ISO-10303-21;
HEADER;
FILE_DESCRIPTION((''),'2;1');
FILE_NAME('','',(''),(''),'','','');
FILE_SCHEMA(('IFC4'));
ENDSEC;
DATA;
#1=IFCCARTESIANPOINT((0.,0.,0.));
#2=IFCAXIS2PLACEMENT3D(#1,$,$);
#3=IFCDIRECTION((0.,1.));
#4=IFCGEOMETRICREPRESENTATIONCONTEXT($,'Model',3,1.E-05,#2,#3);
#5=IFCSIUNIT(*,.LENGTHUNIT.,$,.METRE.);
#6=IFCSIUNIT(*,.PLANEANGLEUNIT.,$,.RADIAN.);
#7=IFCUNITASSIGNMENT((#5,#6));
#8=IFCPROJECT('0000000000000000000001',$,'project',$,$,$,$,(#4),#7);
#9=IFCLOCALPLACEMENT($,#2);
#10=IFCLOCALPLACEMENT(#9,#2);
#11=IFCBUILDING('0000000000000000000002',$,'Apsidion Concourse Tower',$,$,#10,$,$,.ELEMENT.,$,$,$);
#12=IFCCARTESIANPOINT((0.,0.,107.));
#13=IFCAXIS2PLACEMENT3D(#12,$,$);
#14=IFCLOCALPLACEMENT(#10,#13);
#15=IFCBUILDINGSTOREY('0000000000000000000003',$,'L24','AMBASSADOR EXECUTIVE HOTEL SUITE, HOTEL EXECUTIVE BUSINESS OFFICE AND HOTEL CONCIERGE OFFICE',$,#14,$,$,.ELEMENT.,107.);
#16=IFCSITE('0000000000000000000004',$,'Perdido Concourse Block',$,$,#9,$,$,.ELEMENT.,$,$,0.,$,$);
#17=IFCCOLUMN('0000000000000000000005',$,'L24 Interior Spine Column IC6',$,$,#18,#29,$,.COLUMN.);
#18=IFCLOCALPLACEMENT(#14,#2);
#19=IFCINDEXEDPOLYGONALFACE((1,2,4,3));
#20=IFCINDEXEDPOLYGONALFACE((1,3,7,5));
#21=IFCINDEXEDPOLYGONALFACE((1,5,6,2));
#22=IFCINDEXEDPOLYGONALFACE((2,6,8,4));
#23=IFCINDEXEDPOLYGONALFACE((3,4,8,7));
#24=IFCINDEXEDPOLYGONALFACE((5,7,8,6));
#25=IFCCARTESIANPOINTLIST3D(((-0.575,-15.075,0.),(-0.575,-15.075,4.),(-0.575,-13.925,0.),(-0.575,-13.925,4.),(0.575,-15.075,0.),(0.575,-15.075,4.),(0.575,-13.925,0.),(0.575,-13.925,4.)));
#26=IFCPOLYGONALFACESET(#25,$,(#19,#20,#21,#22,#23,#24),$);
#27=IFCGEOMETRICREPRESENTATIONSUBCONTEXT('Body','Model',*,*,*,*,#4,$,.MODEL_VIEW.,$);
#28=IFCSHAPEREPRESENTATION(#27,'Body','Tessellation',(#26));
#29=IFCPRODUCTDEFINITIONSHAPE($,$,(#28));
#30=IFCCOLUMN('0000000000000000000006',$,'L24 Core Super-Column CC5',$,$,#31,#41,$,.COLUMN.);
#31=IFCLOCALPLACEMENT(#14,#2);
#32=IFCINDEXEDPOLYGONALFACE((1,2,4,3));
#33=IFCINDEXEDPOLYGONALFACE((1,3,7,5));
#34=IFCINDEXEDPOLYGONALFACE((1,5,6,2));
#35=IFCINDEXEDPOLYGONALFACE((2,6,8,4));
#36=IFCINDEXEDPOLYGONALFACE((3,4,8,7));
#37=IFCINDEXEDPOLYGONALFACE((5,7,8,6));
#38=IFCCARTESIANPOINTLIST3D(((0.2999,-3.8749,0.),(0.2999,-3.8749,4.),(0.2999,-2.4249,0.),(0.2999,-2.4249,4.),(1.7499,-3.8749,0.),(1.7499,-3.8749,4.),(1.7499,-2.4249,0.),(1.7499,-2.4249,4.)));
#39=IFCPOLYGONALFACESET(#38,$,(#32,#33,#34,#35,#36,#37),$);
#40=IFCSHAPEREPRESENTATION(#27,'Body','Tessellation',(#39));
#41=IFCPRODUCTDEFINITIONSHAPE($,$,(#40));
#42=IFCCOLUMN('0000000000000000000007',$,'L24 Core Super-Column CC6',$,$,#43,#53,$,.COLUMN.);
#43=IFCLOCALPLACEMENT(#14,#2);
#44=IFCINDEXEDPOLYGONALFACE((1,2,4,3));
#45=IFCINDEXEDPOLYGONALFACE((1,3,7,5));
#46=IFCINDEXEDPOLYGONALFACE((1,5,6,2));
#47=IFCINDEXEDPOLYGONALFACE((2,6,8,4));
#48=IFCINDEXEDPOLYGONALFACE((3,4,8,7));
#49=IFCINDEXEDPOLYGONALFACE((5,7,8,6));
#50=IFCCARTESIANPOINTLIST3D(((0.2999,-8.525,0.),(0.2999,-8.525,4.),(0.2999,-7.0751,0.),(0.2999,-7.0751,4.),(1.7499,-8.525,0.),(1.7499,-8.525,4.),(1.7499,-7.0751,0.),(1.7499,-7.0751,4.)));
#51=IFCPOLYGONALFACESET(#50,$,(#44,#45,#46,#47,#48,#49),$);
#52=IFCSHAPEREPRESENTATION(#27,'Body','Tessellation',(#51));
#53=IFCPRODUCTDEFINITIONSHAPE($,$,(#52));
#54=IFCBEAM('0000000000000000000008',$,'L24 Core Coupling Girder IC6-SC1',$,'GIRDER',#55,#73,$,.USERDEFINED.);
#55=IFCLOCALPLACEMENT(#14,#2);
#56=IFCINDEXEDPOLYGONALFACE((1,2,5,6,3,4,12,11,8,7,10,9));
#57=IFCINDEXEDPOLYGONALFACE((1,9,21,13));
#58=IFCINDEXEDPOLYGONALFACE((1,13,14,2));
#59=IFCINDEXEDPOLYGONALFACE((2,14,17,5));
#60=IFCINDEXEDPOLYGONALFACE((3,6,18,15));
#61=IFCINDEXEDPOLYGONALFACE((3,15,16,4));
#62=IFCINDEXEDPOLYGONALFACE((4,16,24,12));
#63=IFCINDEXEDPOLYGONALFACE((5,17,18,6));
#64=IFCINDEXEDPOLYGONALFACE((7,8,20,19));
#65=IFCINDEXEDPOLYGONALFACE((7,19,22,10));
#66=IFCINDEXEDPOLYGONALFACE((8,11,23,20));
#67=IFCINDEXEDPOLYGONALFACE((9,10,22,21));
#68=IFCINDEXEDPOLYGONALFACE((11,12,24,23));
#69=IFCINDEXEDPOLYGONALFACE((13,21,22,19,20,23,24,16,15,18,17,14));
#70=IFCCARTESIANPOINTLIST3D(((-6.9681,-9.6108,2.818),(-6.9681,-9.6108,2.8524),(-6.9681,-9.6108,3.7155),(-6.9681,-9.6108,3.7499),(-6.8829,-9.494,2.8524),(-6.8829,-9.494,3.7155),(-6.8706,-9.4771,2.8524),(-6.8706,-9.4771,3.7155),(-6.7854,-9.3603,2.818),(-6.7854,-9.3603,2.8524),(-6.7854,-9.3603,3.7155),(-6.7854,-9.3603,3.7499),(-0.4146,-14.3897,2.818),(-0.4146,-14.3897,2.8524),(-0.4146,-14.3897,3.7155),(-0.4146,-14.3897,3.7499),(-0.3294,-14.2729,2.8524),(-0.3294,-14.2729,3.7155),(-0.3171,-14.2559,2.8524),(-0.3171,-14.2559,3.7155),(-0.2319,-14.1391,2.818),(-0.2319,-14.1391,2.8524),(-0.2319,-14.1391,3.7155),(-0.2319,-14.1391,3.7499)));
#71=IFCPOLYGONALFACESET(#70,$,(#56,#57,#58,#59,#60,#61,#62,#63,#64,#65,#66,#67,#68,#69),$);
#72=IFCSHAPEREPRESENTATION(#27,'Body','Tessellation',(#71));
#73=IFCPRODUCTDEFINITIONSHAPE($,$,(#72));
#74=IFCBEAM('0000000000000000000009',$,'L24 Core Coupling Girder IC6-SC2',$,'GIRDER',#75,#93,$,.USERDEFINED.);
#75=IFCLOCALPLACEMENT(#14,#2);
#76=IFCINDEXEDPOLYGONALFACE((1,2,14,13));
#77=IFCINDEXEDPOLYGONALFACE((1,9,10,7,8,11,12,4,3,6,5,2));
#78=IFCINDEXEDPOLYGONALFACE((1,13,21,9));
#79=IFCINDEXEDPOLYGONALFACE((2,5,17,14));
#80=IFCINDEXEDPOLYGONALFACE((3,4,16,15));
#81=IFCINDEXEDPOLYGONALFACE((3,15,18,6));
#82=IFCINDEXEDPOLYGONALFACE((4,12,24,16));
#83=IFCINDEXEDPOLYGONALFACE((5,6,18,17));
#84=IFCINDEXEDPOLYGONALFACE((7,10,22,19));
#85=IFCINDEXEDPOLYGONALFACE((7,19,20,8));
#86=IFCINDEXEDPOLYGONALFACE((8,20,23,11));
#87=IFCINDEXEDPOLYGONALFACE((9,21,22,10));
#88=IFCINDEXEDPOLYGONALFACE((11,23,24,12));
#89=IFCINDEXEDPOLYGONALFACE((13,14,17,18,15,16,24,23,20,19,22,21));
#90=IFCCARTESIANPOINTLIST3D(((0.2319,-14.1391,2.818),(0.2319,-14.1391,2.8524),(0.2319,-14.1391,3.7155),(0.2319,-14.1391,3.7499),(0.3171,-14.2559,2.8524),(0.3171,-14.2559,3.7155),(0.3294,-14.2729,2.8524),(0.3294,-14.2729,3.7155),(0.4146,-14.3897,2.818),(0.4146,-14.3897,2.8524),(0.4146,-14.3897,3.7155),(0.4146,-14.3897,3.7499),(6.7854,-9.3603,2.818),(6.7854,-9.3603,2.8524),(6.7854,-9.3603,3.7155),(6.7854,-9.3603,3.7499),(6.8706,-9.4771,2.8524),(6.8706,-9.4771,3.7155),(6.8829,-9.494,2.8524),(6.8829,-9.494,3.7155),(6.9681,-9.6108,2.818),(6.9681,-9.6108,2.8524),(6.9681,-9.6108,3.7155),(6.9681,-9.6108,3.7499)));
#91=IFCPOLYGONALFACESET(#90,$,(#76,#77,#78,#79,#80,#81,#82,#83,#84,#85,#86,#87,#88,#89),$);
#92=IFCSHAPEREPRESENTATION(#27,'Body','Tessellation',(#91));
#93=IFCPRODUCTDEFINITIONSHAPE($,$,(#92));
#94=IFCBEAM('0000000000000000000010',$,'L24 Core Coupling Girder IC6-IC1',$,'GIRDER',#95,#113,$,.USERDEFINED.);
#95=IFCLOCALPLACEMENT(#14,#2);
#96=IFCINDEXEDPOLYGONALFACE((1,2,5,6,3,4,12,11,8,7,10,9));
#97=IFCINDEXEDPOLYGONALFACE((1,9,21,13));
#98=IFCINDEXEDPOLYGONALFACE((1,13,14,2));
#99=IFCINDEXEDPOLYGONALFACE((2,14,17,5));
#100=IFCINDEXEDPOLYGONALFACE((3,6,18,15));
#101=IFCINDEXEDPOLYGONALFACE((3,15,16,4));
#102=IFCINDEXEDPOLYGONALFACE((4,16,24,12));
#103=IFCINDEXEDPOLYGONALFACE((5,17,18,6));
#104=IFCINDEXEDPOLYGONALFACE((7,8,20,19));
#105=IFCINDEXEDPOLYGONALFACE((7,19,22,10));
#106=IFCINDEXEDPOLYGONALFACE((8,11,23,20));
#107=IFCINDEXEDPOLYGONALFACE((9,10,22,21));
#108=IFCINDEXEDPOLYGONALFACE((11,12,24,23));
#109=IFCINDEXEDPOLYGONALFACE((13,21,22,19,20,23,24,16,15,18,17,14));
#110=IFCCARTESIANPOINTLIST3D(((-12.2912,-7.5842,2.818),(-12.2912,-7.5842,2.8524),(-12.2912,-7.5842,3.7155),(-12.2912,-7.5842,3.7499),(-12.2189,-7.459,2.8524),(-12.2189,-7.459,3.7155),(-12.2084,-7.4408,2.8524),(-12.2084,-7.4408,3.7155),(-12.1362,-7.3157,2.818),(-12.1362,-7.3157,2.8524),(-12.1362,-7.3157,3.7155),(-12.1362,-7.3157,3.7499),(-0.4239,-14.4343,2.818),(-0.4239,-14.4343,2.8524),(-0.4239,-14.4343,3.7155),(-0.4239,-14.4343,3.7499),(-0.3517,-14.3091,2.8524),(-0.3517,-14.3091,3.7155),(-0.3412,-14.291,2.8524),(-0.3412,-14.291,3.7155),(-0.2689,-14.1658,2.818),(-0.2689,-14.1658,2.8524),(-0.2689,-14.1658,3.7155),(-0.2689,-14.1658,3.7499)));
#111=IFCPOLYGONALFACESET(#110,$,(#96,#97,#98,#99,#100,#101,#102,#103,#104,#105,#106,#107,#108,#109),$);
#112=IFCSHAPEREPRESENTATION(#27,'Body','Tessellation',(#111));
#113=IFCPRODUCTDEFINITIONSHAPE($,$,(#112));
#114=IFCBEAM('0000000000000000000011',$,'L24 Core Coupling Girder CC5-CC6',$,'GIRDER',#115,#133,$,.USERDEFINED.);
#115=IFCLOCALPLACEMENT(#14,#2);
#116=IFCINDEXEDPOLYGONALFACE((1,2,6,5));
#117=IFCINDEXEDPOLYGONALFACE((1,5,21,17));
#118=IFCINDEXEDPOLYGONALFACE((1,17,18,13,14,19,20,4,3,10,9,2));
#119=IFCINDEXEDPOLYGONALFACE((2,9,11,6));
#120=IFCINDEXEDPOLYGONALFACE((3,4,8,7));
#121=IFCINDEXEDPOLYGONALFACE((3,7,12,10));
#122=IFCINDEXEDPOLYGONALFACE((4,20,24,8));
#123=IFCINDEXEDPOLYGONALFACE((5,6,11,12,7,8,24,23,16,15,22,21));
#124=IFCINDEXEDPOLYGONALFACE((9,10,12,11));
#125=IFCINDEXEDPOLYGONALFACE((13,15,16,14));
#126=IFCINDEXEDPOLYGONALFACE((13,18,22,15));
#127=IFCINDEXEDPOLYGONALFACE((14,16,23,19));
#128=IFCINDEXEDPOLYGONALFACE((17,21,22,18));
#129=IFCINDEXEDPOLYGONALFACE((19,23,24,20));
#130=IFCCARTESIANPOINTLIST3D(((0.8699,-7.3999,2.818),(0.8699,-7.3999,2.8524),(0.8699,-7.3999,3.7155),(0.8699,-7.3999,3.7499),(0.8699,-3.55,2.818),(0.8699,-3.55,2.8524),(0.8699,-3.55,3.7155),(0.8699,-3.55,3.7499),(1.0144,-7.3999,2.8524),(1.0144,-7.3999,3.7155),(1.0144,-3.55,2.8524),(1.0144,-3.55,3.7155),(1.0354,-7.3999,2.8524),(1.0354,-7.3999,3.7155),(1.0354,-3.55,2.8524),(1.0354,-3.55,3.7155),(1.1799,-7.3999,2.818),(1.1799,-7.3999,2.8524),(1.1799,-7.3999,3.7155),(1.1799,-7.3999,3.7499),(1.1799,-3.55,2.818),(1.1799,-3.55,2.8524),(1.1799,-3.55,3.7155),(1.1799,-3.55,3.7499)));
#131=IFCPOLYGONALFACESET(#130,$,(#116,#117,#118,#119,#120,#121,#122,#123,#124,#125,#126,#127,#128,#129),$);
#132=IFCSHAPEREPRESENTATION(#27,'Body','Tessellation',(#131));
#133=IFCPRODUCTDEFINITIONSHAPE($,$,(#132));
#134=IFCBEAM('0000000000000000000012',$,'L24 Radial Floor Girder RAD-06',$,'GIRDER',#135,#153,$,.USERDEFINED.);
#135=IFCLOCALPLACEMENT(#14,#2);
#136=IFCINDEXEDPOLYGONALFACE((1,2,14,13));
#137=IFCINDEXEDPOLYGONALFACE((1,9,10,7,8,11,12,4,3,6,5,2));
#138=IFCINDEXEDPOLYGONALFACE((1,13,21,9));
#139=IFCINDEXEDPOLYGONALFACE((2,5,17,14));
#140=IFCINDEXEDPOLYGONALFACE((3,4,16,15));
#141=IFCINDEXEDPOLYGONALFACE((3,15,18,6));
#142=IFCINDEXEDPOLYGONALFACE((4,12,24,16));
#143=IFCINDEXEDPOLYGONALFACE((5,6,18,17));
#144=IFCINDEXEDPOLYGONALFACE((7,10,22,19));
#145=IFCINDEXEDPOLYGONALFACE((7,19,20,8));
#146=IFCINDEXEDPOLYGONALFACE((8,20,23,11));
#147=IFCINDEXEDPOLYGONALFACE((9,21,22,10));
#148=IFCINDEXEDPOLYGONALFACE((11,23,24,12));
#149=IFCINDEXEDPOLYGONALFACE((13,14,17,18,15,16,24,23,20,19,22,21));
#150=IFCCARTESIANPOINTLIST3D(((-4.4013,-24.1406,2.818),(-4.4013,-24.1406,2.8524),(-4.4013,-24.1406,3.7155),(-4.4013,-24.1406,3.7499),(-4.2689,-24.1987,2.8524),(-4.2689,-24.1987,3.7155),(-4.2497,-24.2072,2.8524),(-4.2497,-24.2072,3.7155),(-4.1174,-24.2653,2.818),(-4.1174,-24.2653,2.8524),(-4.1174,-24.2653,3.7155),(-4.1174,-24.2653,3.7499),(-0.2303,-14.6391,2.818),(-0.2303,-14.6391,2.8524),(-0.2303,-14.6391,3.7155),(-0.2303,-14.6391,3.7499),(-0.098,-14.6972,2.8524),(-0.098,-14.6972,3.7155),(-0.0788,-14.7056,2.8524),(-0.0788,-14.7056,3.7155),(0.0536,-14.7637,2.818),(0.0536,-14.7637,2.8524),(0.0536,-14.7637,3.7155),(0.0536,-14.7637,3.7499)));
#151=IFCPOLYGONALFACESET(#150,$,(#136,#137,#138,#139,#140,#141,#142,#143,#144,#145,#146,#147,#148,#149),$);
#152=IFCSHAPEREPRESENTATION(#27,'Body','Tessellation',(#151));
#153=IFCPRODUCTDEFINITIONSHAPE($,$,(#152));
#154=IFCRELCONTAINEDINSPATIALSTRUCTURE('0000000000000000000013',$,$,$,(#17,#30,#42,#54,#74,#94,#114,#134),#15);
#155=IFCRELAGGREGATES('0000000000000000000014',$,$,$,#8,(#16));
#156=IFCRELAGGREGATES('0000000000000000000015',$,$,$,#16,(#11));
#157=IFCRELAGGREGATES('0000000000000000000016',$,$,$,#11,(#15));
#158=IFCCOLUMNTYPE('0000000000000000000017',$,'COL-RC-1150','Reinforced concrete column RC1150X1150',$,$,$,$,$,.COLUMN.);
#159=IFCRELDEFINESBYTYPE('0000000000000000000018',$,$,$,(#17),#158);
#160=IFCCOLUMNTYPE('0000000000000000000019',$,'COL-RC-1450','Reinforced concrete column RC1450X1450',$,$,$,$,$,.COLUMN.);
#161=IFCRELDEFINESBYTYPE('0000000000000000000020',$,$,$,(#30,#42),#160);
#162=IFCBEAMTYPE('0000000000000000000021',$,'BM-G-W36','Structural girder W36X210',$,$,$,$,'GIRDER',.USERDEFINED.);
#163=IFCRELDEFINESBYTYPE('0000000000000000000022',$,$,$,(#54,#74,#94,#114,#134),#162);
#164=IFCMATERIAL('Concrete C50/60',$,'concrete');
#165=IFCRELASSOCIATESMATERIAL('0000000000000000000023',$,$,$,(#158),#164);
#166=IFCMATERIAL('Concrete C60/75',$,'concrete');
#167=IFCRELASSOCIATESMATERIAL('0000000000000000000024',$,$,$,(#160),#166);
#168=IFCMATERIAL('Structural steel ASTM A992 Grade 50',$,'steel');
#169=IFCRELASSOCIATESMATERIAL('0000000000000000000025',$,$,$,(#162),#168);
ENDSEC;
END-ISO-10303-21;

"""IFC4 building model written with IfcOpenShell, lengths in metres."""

from ifc_helpers import new_model, si_unit, direction, frame, origin, origin_2d, place, context, subcontext, project, spatial, rectangle, i_section, extrude, material, material_profile, profile_set, type_object, element, save


model = new_model("IFC4")

# Units and contexts
model_context = context("Model", 3, precision=1e-05, world=origin(), true_north=direction((0.0, 1.0)))
body_context = subcontext(model_context, "Body", "Model", "MODEL_VIEW")
ifc_project = project(units=[si_unit("LENGTHUNIT", "METRE"), si_unit("PLANEANGLEUNIT", "RADIAN")], contexts=[model_context])

# Site, building, storey
site_placement = place(None, origin())
site = spatial("IfcSite", under=ifc_project, at=site_placement, Name="Perdido Concourse Block", CompositionType="ELEMENT", RefElevation=0.0)
building_placement = place(site_placement, origin())
building = spatial("IfcBuilding", under=site, at=building_placement, Name="Apsidion Concourse Tower", CompositionType="ELEMENT")
storey_placement = place(building_placement, frame((0.0, 0.0, 107.0)))
storey = spatial("IfcBuildingStorey", under=building, at=storey_placement, Name="L24", Description="AMBASSADOR EXECUTIVE HOTEL SUITE, HOTEL EXECUTIVE BUSINESS OFFICE AND HOTEL CONCIERGE OFFICE", CompositionType="ELEMENT", Elevation=107.0)

# Columns
ifc_material_1 = material(Name="Concrete C50/60", Category="concrete")
ifc_material_profile_1 = material_profile(ifc_material_1, rectangle(XDim=1.1499, YDim=1.1499, at=origin_2d()), Name="RC 1150x1150")
ifc_profile_set_1 = profile_set([ifc_material_profile_1], Name="Concrete C50/60")
column_type_1 = type_object("IfcColumnType", Name="COL-RC-1150", Description="Reinforced concrete column RC1150X1150", PredefinedType="COLUMN", material=ifc_profile_set_1)
column_placement = place(storey_placement, frame((0.0, -14.5, 0.0), z_axis=(0.0, 0.0, 1.0), x_axis=(1.0, 0.0, 0.0)))
element("IfcColumn", 1, at=column_placement, inside=storey, type_object=column_type_1, Name="L24 Interior Spine Column IC6", PredefinedType="COLUMN", context=body_context, shape_type="SweptSolid", body=[
    extrude(rectangle(XDim=1.1499, YDim=1.1499, at=origin_2d()), origin(), (0.0, 0.0, 1.0), 4.0),
])
ifc_material_2 = material(Name="Concrete C60/75", Category="concrete")
ifc_material_profile_2 = material_profile(ifc_material_2, rectangle(XDim=1.45, YDim=1.45, at=origin_2d()), Name="RC 1450x1450")
ifc_profile_set_2 = profile_set([ifc_material_profile_2], Name="Concrete C60/75")
column_type_2 = type_object("IfcColumnType", Name="COL-RC-1450", Description="Reinforced concrete column RC1450X1450", PredefinedType="COLUMN", material=ifc_profile_set_2)
for number, where, z_axis, x_axis, name in (
    (2, (1.0249, -3.1499, 0.0), (0.0, 0.0, 1.0), (1.0, 0.0, 0.0), "L24 Core Super-Column CC5"),
    (3, (1.0249, -7.8, 0.0), (0.0, 0.0, 1.0), (1.0, 0.0, 0.0), "L24 Core Super-Column CC6"),
):
    element("IfcColumn", number, at=place(storey_placement, frame(where, z_axis=z_axis, x_axis=x_axis)), inside=storey, type_object=column_type_2, Name=name, PredefinedType="COLUMN", context=body_context, shape_type="SweptSolid", body=[
        extrude(rectangle(XDim=1.45, YDim=1.45, at=origin_2d()), origin(), (0.0, 0.0, 1.0), 4.0),
    ])

# Beams
ifc_material_3 = material(Name="Structural steel ASTM A992 Grade 50", Category="steel")
ifc_material_profile_3 = material_profile(ifc_material_3, i_section(OverallWidth=0.3101, OverallDepth=0.9319, WebThickness=0.021, FlangeThickness=0.0344, at=origin_2d()), Name="W36X210")
ifc_profile_set_3 = profile_set([ifc_material_profile_3], Name="Structural steel ASTM A992 Grade 50")
beam_type = type_object("IfcBeamType", Name="BM-G-W36", Description="Structural girder W36X210", ElementType="GIRDER", PredefinedType="USERDEFINED", material=ifc_profile_set_3)
for number, where, z_axis, x_axis, name in (
    (4, (-0.3232, -14.2644, 3.2839), (-0.807993, 0.589191, 0.0), (-0.589191, -0.807993, 0.0), "L24 Core Coupling Girder IC6-SC1"),
    (5, (0.3232, -14.2644, 3.2839), (0.807993, 0.589191, 0.0), (-0.589191, 0.807993, 0.0), "L24 Core Coupling Girder IC6-SC2"),
):
    element("IfcBeam", number, at=place(storey_placement, frame(where, z_axis=z_axis, x_axis=x_axis)), inside=storey, type_object=beam_type, Name=name, ObjectType="GIRDER", PredefinedType="USERDEFINED", context=body_context, shape_type="SweptSolid", body=[
        extrude(i_section(OverallWidth=0.3101, OverallDepth=0.9319, WebThickness=0.021, FlangeThickness=0.0344, at=origin_2d()), origin(), (0.0, 0.0, 1.0), 8.1108),
    ])
beam_1_placement = place(storey_placement, frame((-0.3464, -14.3, 3.2839), z_axis=(-0.86607, 0.499922, 0.0), x_axis=(-0.499922, -0.86607, 0.0)))
element("IfcBeam", 6, at=beam_1_placement, inside=storey, type_object=beam_type, Name="L24 Core Coupling Girder IC6-IC1", ObjectType="GIRDER", PredefinedType="USERDEFINED", context=body_context, shape_type="SweptSolid", body=[
    extrude(i_section(OverallWidth=0.3101, OverallDepth=0.9319, WebThickness=0.021, FlangeThickness=0.0344, at=origin_2d()), origin(), (0.0, 0.0, 1.0), 13.7024),
])
beam_2_placement = place(storey_placement, frame((1.0249, -3.55, 3.2839), z_axis=(0.0, -1.0, 0.0), x_axis=(1.0, 0.0, 0.0)))
element("IfcBeam", 7, at=beam_2_placement, inside=storey, type_object=beam_type, Name="L24 Core Coupling Girder CC5-CC6", ObjectType="GIRDER", PredefinedType="USERDEFINED", context=body_context, shape_type="SweptSolid", body=[
    extrude(i_section(OverallWidth=0.3101, OverallDepth=0.9319, WebThickness=0.021, FlangeThickness=0.0344, at=origin_2d()), origin(), (0.0, 0.0, 1.0), 3.8499),
])
beam_3_placement = place(storey_placement, frame((-0.0884, -14.7014, 3.2839), z_axis=(-0.401952, -0.915661, 0.0), x_axis=(0.915661, -0.401952, 0.0)))
element("IfcBeam", 8, at=beam_3_placement, inside=storey, type_object=beam_type, Name="L24 Radial Floor Girder RAD-06", ObjectType="GIRDER", PredefinedType="USERDEFINED", context=body_context, shape_type="SweptSolid", body=[
    extrude(i_section(OverallWidth=0.3101, OverallDepth=0.9319, WebThickness=0.021, FlangeThickness=0.0344, at=origin_2d()), origin(), (0.0, 0.0, 1.0), 10.3767),
])

save(model, "model.ifc")
